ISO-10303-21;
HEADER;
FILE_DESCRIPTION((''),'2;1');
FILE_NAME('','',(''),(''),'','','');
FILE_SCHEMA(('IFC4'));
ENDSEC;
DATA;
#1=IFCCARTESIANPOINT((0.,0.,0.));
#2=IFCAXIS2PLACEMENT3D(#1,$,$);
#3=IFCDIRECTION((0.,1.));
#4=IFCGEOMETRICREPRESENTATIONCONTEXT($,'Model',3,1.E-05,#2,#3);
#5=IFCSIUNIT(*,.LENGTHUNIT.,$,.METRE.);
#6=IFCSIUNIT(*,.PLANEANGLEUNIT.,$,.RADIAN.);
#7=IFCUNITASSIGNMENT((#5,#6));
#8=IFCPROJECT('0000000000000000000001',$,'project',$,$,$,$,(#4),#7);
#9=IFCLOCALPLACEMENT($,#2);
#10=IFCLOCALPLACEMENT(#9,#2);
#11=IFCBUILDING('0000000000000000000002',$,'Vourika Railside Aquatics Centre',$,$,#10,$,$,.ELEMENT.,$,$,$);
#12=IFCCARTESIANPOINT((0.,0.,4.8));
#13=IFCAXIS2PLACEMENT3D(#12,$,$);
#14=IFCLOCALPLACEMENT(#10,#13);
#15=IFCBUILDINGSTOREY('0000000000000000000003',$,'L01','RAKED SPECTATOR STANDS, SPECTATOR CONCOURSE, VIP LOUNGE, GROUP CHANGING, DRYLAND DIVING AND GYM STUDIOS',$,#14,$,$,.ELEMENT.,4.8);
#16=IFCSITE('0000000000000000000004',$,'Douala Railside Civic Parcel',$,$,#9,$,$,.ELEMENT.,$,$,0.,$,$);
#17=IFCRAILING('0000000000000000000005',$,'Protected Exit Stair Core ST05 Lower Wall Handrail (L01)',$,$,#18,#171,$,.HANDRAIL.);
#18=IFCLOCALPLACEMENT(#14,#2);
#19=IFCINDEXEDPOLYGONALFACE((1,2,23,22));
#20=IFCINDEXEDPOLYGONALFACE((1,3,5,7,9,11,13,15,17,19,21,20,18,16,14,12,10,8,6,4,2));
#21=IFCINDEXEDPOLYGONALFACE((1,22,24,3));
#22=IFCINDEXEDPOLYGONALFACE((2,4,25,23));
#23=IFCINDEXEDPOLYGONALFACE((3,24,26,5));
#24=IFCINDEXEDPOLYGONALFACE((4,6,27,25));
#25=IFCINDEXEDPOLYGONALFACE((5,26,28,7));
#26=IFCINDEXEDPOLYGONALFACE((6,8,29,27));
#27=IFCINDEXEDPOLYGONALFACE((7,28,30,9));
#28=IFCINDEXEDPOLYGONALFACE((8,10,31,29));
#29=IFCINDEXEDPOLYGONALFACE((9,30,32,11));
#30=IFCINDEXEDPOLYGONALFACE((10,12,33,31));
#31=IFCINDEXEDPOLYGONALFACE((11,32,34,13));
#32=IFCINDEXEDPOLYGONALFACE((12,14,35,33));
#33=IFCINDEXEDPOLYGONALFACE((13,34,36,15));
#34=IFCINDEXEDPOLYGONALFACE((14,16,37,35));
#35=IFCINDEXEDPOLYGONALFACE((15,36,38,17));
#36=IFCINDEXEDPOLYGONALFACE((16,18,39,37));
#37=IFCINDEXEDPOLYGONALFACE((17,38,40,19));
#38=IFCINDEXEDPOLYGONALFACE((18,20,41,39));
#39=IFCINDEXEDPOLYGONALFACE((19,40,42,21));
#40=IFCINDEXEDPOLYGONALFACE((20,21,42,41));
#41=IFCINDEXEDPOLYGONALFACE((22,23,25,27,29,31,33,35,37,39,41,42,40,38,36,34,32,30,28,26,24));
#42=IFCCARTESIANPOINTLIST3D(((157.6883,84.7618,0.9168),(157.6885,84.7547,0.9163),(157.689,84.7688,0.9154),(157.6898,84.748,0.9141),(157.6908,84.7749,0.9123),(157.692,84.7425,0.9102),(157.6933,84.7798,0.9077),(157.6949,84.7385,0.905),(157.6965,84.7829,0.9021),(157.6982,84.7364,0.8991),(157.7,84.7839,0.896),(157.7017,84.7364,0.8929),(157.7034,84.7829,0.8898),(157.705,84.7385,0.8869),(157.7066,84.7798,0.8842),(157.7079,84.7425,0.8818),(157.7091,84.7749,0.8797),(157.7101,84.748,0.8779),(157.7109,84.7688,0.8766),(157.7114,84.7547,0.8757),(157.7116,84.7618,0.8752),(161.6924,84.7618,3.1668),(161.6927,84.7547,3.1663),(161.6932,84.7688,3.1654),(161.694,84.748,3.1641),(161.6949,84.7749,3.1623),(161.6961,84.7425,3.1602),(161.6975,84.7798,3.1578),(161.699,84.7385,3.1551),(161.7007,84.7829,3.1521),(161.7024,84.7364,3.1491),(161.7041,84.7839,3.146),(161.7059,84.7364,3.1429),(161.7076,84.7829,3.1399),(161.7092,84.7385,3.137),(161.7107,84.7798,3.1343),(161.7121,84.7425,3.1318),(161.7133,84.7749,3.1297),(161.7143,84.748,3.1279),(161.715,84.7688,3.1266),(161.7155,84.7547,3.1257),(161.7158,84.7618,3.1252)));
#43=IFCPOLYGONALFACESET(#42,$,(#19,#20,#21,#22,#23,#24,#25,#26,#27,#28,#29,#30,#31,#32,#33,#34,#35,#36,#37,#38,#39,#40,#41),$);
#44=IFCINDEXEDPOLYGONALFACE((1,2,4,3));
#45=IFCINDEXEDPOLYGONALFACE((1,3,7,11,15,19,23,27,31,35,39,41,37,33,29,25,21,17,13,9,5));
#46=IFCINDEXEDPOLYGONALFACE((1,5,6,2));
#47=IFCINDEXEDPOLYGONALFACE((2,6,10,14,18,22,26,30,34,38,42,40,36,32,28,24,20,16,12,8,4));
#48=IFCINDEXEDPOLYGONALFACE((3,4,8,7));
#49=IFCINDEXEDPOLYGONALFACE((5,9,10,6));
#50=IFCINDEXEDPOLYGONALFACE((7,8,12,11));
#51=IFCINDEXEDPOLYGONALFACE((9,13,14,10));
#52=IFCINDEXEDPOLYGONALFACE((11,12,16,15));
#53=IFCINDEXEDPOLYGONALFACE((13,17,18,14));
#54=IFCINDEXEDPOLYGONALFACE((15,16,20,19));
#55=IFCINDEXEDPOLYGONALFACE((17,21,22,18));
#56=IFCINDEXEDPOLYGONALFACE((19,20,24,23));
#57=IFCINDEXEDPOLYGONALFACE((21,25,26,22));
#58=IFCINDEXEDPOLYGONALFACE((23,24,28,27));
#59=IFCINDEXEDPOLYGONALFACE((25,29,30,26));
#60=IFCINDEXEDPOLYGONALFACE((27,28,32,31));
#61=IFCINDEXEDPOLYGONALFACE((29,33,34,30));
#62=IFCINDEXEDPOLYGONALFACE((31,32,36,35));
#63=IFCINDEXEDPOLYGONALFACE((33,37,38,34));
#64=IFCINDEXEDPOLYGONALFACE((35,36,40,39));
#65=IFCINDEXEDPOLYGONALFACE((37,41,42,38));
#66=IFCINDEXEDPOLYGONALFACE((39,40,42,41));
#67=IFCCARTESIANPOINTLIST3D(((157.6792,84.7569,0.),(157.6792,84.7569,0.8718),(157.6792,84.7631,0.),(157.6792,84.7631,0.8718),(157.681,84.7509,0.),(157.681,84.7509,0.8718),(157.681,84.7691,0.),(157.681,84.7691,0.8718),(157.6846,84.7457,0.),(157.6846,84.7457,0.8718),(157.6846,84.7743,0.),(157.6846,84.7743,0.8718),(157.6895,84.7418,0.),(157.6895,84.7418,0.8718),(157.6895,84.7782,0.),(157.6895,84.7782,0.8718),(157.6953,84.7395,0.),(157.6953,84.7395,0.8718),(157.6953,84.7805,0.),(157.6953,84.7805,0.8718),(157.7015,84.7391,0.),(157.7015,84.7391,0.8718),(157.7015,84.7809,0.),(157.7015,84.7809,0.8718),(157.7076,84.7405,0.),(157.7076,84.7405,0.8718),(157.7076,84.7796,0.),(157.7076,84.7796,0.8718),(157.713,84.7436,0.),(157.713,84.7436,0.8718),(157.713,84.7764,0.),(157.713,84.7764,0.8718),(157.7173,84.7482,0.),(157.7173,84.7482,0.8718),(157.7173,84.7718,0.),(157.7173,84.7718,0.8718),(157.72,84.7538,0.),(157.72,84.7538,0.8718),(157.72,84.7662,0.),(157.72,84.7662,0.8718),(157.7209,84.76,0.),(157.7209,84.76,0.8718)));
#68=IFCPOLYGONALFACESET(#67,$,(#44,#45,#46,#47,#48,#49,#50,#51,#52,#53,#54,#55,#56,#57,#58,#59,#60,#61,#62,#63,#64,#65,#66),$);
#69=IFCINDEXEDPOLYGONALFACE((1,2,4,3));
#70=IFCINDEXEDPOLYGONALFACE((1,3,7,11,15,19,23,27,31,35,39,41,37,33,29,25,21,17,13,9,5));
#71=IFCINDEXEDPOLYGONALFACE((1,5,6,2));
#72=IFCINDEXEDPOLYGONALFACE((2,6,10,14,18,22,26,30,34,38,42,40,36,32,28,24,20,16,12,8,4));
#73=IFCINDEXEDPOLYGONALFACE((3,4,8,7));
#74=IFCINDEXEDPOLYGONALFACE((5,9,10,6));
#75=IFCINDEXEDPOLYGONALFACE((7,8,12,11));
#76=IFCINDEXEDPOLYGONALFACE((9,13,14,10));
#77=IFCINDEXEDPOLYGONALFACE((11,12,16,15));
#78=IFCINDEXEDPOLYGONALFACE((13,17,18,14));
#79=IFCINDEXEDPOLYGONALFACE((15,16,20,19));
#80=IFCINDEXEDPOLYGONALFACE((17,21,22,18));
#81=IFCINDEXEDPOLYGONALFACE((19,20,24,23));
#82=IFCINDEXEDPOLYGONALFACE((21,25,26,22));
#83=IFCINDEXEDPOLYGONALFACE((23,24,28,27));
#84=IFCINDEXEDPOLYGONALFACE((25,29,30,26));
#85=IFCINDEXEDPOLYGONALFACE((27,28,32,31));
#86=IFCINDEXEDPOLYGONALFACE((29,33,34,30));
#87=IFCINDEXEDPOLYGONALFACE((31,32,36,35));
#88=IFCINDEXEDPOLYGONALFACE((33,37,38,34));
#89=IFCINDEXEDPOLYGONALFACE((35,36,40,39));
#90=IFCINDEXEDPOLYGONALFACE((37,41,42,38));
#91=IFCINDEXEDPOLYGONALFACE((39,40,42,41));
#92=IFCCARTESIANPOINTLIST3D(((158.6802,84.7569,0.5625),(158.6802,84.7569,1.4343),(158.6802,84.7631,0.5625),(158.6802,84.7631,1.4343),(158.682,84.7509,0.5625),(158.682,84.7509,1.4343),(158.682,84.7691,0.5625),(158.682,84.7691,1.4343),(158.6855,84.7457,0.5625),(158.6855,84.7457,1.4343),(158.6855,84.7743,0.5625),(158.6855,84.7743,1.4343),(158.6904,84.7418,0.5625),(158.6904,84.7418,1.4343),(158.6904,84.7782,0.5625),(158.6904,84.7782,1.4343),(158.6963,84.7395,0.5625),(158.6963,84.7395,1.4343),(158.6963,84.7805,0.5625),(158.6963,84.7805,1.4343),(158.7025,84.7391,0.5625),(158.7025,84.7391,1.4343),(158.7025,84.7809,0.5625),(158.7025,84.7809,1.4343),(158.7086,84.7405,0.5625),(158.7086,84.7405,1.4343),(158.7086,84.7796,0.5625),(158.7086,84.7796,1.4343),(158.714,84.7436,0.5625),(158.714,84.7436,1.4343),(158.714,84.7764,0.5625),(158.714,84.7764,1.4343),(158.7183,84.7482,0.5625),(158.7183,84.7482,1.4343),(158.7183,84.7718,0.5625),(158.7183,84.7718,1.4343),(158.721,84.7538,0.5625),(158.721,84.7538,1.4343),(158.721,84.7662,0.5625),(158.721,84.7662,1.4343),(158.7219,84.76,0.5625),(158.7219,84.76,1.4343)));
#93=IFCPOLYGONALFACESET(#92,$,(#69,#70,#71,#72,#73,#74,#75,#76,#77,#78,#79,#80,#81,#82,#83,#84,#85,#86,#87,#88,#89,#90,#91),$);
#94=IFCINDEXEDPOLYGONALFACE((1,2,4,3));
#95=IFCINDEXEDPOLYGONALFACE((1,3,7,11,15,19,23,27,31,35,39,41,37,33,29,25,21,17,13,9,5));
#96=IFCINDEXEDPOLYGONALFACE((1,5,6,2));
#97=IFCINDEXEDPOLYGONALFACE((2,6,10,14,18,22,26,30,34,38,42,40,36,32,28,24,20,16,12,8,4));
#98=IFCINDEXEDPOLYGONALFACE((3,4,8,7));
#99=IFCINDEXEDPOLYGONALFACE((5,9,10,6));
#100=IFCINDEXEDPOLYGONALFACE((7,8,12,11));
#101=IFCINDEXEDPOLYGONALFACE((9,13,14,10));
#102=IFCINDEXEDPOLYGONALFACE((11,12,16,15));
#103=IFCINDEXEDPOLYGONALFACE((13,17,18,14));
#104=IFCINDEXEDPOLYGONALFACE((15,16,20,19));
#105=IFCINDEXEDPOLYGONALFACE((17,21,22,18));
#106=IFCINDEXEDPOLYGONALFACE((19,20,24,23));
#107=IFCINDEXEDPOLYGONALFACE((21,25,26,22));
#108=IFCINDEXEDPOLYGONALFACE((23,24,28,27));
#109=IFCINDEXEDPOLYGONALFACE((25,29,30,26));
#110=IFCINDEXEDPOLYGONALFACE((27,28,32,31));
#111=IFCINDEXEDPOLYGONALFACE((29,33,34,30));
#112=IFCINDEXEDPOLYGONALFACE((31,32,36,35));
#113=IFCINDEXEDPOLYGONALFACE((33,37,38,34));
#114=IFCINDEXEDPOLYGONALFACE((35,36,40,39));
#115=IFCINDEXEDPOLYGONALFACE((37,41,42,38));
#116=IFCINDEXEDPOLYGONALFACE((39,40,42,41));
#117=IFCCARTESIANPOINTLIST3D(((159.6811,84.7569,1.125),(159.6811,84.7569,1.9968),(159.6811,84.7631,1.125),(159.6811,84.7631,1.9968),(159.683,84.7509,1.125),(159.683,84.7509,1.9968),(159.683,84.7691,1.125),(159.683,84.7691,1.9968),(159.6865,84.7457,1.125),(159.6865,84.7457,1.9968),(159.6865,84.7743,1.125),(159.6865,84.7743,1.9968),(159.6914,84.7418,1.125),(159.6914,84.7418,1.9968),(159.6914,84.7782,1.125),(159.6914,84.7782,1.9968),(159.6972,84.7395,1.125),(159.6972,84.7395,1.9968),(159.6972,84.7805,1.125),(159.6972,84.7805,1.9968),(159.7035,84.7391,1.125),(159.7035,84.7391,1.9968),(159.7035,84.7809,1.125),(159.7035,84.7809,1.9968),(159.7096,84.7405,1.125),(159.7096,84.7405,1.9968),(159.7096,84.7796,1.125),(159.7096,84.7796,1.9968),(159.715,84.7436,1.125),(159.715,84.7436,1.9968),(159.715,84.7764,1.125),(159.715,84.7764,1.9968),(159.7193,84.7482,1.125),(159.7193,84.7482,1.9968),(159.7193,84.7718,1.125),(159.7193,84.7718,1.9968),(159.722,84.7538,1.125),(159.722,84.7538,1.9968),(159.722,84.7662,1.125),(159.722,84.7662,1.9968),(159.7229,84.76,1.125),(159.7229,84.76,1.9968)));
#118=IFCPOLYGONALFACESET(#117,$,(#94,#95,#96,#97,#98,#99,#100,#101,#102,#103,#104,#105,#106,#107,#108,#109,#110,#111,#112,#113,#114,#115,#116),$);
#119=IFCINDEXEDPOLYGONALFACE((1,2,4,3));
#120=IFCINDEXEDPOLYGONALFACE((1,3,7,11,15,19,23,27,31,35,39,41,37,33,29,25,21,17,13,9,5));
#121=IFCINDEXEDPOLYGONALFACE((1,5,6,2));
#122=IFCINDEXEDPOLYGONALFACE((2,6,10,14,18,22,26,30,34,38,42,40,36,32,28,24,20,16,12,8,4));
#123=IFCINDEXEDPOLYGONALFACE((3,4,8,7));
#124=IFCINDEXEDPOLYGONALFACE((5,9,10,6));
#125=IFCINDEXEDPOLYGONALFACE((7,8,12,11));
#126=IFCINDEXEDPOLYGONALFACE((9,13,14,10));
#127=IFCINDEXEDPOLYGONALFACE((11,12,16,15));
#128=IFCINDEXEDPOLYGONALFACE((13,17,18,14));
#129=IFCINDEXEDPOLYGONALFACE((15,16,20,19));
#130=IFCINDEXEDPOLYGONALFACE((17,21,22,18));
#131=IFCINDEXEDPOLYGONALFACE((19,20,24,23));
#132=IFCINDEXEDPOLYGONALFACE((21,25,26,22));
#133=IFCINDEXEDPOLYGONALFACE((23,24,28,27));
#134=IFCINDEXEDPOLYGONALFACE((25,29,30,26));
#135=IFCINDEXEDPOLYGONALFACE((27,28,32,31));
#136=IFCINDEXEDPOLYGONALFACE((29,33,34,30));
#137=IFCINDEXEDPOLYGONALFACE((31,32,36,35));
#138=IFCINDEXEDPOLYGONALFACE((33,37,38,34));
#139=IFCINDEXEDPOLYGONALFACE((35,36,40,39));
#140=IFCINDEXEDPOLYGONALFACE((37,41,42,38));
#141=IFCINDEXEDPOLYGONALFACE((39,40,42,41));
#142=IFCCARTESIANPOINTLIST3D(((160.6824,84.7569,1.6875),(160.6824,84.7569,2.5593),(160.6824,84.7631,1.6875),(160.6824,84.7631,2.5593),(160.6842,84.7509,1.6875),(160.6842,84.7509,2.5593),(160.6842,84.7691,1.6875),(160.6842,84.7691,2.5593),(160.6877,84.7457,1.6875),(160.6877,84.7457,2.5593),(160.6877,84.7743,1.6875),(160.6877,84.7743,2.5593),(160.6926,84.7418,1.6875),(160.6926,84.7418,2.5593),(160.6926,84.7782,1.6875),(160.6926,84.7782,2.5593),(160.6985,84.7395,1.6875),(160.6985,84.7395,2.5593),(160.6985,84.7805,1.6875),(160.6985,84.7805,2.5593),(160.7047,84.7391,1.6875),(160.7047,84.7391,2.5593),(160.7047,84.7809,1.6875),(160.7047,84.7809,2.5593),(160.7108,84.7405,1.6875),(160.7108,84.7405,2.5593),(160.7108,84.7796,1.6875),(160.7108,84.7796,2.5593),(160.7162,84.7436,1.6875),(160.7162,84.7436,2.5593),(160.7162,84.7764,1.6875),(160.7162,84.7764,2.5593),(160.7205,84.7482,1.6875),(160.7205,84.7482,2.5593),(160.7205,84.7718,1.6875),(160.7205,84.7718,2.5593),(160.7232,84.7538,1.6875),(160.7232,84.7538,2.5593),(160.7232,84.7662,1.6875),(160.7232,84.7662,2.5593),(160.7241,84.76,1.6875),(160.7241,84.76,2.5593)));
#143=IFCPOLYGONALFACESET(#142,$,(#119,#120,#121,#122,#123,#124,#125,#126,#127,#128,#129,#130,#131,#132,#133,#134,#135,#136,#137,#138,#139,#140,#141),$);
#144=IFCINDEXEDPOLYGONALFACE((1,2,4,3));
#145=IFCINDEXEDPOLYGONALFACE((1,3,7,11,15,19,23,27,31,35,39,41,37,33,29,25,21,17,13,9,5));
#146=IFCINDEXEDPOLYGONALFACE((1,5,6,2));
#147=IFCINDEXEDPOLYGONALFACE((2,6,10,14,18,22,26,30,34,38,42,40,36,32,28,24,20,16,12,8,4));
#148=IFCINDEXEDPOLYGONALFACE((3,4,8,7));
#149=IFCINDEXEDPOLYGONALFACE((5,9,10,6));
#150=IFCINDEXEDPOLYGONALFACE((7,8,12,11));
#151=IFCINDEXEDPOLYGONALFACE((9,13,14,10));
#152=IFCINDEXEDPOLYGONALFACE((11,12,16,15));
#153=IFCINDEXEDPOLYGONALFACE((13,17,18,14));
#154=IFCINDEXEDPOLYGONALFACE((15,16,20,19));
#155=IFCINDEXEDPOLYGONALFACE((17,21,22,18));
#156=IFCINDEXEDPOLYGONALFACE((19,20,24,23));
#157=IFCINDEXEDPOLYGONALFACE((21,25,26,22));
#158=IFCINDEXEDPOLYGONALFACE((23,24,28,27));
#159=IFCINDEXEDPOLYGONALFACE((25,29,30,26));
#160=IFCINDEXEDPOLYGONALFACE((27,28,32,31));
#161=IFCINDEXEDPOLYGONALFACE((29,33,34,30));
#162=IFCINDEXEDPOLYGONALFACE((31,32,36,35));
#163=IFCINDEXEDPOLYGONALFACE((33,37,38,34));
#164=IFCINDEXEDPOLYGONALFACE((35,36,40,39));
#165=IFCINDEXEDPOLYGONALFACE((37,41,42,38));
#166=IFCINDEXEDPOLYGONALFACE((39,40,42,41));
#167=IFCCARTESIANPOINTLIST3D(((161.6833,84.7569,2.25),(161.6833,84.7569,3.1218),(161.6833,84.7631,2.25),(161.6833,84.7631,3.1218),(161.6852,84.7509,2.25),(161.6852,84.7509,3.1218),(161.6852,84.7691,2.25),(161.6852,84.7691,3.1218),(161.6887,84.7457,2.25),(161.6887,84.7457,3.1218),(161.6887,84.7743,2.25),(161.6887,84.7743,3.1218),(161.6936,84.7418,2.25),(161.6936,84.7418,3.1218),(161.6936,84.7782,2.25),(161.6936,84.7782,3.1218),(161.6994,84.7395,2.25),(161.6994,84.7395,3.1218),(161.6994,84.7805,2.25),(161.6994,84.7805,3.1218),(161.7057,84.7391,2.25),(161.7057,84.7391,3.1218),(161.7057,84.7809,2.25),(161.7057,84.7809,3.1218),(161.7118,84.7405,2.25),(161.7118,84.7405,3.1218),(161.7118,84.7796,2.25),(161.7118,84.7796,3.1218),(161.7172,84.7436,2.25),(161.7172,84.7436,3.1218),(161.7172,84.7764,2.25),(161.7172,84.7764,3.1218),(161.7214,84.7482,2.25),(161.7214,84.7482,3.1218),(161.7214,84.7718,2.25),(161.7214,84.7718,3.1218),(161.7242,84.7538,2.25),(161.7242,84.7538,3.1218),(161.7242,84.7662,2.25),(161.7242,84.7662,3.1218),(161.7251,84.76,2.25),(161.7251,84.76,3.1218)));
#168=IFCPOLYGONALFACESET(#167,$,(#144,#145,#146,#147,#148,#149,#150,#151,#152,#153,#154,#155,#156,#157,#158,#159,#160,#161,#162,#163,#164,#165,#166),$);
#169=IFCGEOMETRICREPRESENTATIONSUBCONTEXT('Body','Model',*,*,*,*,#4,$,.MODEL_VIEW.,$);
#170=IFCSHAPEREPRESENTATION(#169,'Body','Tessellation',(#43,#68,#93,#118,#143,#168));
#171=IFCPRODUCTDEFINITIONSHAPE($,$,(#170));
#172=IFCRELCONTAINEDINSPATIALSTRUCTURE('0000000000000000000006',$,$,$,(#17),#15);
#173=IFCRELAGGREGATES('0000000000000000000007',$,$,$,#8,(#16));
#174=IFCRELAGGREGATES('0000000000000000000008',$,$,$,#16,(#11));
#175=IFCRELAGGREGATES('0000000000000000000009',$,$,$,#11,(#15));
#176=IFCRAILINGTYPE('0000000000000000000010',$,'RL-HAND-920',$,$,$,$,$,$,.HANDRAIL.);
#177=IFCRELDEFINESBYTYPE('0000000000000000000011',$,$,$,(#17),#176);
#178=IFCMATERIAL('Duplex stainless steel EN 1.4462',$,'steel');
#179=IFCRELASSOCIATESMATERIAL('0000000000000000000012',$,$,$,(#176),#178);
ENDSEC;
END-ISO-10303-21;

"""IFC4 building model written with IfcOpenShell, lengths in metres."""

from ifc_helpers import new_model, si_unit, direction, frame, origin, origin_2d, place, context, subcontext, project, spatial, circle, extrude, material, type_object, element, save


model = new_model("IFC4")

# Units and contexts
model_context = context("Model", 3, precision=1e-05, world=origin(), true_north=direction((0.0, 1.0)))
body_context = subcontext(model_context, "Body", "Model", "MODEL_VIEW")
ifc_project = project(units=[si_unit("LENGTHUNIT", "METRE"), si_unit("PLANEANGLEUNIT", "RADIAN")], contexts=[model_context])

# Site, building, storey
site_placement = place(None, origin())
site = spatial("IfcSite", under=ifc_project, at=site_placement, Name="Douala Railside Civic Parcel", CompositionType="ELEMENT", RefElevation=0.0)
building_placement = place(site_placement, origin())
building = spatial("IfcBuilding", under=site, at=building_placement, Name="Vourika Railside Aquatics Centre", CompositionType="ELEMENT")
storey_placement = place(building_placement, frame((0.0, 0.0, 4.8)))
storey = spatial("IfcBuildingStorey", under=building, at=storey_placement, Name="L01", Description="RAKED SPECTATOR STANDS, SPECTATOR CONCOURSE, VIP LOUNGE, GROUP CHANGING, DRYLAND DIVING AND GYM STUDIOS", CompositionType="ELEMENT", Elevation=4.8)

# Railing
ifc_material_1 = material(Name="Duplex stainless steel EN 1.4462", Category="steel")
railing_type = type_object("IfcRailingType", Name="RL-HAND-920", PredefinedType="HANDRAIL", material=ifc_material_1)
railing_placement = place(storey_placement, frame((157.7, 84.76, 0.0)))
element("IfcRailing", 1, at=railing_placement, inside=storey, type_object=railing_type, Name="Protected Exit Stair Core ST05 Lower Wall Handrail (L01)", PredefinedType="HANDRAIL", context=body_context, shape_type="SweptSolid", body=[
    extrude(circle(Radius=0.0239, at=origin_2d()), frame((0.0, 0.0, 0.896), z_axis=(0.871793, 0.0, 0.489875), x_axis=(0.0, 1.0, 0.0)), (0.0, 0.0, 1.0), 4.593),
    extrude(circle(Radius=0.021, at=origin_2d()), origin(), (0.0, 0.0, 1.0), 0.8718),
    extrude(circle(Radius=0.021, at=origin_2d()), frame((1.001, 0.0, 0.5625)), (0.0, 0.0, 1.0), 0.8718),
    extrude(circle(Radius=0.021, at=origin_2d()), frame((2.002, 0.0, 1.125)), (0.0, 0.0, 1.0), 0.8718),
    extrude(circle(Radius=0.021, at=origin_2d()), frame((3.0032, 0.0, 1.6875)), (0.0, 0.0, 1.0), 0.8718),
    extrude(circle(Radius=0.021, at=origin_2d()), frame((4.0042, 0.0, 2.25)), (0.0, 0.0, 1.0), 0.8718),
])

save(model, "model.ifc")
